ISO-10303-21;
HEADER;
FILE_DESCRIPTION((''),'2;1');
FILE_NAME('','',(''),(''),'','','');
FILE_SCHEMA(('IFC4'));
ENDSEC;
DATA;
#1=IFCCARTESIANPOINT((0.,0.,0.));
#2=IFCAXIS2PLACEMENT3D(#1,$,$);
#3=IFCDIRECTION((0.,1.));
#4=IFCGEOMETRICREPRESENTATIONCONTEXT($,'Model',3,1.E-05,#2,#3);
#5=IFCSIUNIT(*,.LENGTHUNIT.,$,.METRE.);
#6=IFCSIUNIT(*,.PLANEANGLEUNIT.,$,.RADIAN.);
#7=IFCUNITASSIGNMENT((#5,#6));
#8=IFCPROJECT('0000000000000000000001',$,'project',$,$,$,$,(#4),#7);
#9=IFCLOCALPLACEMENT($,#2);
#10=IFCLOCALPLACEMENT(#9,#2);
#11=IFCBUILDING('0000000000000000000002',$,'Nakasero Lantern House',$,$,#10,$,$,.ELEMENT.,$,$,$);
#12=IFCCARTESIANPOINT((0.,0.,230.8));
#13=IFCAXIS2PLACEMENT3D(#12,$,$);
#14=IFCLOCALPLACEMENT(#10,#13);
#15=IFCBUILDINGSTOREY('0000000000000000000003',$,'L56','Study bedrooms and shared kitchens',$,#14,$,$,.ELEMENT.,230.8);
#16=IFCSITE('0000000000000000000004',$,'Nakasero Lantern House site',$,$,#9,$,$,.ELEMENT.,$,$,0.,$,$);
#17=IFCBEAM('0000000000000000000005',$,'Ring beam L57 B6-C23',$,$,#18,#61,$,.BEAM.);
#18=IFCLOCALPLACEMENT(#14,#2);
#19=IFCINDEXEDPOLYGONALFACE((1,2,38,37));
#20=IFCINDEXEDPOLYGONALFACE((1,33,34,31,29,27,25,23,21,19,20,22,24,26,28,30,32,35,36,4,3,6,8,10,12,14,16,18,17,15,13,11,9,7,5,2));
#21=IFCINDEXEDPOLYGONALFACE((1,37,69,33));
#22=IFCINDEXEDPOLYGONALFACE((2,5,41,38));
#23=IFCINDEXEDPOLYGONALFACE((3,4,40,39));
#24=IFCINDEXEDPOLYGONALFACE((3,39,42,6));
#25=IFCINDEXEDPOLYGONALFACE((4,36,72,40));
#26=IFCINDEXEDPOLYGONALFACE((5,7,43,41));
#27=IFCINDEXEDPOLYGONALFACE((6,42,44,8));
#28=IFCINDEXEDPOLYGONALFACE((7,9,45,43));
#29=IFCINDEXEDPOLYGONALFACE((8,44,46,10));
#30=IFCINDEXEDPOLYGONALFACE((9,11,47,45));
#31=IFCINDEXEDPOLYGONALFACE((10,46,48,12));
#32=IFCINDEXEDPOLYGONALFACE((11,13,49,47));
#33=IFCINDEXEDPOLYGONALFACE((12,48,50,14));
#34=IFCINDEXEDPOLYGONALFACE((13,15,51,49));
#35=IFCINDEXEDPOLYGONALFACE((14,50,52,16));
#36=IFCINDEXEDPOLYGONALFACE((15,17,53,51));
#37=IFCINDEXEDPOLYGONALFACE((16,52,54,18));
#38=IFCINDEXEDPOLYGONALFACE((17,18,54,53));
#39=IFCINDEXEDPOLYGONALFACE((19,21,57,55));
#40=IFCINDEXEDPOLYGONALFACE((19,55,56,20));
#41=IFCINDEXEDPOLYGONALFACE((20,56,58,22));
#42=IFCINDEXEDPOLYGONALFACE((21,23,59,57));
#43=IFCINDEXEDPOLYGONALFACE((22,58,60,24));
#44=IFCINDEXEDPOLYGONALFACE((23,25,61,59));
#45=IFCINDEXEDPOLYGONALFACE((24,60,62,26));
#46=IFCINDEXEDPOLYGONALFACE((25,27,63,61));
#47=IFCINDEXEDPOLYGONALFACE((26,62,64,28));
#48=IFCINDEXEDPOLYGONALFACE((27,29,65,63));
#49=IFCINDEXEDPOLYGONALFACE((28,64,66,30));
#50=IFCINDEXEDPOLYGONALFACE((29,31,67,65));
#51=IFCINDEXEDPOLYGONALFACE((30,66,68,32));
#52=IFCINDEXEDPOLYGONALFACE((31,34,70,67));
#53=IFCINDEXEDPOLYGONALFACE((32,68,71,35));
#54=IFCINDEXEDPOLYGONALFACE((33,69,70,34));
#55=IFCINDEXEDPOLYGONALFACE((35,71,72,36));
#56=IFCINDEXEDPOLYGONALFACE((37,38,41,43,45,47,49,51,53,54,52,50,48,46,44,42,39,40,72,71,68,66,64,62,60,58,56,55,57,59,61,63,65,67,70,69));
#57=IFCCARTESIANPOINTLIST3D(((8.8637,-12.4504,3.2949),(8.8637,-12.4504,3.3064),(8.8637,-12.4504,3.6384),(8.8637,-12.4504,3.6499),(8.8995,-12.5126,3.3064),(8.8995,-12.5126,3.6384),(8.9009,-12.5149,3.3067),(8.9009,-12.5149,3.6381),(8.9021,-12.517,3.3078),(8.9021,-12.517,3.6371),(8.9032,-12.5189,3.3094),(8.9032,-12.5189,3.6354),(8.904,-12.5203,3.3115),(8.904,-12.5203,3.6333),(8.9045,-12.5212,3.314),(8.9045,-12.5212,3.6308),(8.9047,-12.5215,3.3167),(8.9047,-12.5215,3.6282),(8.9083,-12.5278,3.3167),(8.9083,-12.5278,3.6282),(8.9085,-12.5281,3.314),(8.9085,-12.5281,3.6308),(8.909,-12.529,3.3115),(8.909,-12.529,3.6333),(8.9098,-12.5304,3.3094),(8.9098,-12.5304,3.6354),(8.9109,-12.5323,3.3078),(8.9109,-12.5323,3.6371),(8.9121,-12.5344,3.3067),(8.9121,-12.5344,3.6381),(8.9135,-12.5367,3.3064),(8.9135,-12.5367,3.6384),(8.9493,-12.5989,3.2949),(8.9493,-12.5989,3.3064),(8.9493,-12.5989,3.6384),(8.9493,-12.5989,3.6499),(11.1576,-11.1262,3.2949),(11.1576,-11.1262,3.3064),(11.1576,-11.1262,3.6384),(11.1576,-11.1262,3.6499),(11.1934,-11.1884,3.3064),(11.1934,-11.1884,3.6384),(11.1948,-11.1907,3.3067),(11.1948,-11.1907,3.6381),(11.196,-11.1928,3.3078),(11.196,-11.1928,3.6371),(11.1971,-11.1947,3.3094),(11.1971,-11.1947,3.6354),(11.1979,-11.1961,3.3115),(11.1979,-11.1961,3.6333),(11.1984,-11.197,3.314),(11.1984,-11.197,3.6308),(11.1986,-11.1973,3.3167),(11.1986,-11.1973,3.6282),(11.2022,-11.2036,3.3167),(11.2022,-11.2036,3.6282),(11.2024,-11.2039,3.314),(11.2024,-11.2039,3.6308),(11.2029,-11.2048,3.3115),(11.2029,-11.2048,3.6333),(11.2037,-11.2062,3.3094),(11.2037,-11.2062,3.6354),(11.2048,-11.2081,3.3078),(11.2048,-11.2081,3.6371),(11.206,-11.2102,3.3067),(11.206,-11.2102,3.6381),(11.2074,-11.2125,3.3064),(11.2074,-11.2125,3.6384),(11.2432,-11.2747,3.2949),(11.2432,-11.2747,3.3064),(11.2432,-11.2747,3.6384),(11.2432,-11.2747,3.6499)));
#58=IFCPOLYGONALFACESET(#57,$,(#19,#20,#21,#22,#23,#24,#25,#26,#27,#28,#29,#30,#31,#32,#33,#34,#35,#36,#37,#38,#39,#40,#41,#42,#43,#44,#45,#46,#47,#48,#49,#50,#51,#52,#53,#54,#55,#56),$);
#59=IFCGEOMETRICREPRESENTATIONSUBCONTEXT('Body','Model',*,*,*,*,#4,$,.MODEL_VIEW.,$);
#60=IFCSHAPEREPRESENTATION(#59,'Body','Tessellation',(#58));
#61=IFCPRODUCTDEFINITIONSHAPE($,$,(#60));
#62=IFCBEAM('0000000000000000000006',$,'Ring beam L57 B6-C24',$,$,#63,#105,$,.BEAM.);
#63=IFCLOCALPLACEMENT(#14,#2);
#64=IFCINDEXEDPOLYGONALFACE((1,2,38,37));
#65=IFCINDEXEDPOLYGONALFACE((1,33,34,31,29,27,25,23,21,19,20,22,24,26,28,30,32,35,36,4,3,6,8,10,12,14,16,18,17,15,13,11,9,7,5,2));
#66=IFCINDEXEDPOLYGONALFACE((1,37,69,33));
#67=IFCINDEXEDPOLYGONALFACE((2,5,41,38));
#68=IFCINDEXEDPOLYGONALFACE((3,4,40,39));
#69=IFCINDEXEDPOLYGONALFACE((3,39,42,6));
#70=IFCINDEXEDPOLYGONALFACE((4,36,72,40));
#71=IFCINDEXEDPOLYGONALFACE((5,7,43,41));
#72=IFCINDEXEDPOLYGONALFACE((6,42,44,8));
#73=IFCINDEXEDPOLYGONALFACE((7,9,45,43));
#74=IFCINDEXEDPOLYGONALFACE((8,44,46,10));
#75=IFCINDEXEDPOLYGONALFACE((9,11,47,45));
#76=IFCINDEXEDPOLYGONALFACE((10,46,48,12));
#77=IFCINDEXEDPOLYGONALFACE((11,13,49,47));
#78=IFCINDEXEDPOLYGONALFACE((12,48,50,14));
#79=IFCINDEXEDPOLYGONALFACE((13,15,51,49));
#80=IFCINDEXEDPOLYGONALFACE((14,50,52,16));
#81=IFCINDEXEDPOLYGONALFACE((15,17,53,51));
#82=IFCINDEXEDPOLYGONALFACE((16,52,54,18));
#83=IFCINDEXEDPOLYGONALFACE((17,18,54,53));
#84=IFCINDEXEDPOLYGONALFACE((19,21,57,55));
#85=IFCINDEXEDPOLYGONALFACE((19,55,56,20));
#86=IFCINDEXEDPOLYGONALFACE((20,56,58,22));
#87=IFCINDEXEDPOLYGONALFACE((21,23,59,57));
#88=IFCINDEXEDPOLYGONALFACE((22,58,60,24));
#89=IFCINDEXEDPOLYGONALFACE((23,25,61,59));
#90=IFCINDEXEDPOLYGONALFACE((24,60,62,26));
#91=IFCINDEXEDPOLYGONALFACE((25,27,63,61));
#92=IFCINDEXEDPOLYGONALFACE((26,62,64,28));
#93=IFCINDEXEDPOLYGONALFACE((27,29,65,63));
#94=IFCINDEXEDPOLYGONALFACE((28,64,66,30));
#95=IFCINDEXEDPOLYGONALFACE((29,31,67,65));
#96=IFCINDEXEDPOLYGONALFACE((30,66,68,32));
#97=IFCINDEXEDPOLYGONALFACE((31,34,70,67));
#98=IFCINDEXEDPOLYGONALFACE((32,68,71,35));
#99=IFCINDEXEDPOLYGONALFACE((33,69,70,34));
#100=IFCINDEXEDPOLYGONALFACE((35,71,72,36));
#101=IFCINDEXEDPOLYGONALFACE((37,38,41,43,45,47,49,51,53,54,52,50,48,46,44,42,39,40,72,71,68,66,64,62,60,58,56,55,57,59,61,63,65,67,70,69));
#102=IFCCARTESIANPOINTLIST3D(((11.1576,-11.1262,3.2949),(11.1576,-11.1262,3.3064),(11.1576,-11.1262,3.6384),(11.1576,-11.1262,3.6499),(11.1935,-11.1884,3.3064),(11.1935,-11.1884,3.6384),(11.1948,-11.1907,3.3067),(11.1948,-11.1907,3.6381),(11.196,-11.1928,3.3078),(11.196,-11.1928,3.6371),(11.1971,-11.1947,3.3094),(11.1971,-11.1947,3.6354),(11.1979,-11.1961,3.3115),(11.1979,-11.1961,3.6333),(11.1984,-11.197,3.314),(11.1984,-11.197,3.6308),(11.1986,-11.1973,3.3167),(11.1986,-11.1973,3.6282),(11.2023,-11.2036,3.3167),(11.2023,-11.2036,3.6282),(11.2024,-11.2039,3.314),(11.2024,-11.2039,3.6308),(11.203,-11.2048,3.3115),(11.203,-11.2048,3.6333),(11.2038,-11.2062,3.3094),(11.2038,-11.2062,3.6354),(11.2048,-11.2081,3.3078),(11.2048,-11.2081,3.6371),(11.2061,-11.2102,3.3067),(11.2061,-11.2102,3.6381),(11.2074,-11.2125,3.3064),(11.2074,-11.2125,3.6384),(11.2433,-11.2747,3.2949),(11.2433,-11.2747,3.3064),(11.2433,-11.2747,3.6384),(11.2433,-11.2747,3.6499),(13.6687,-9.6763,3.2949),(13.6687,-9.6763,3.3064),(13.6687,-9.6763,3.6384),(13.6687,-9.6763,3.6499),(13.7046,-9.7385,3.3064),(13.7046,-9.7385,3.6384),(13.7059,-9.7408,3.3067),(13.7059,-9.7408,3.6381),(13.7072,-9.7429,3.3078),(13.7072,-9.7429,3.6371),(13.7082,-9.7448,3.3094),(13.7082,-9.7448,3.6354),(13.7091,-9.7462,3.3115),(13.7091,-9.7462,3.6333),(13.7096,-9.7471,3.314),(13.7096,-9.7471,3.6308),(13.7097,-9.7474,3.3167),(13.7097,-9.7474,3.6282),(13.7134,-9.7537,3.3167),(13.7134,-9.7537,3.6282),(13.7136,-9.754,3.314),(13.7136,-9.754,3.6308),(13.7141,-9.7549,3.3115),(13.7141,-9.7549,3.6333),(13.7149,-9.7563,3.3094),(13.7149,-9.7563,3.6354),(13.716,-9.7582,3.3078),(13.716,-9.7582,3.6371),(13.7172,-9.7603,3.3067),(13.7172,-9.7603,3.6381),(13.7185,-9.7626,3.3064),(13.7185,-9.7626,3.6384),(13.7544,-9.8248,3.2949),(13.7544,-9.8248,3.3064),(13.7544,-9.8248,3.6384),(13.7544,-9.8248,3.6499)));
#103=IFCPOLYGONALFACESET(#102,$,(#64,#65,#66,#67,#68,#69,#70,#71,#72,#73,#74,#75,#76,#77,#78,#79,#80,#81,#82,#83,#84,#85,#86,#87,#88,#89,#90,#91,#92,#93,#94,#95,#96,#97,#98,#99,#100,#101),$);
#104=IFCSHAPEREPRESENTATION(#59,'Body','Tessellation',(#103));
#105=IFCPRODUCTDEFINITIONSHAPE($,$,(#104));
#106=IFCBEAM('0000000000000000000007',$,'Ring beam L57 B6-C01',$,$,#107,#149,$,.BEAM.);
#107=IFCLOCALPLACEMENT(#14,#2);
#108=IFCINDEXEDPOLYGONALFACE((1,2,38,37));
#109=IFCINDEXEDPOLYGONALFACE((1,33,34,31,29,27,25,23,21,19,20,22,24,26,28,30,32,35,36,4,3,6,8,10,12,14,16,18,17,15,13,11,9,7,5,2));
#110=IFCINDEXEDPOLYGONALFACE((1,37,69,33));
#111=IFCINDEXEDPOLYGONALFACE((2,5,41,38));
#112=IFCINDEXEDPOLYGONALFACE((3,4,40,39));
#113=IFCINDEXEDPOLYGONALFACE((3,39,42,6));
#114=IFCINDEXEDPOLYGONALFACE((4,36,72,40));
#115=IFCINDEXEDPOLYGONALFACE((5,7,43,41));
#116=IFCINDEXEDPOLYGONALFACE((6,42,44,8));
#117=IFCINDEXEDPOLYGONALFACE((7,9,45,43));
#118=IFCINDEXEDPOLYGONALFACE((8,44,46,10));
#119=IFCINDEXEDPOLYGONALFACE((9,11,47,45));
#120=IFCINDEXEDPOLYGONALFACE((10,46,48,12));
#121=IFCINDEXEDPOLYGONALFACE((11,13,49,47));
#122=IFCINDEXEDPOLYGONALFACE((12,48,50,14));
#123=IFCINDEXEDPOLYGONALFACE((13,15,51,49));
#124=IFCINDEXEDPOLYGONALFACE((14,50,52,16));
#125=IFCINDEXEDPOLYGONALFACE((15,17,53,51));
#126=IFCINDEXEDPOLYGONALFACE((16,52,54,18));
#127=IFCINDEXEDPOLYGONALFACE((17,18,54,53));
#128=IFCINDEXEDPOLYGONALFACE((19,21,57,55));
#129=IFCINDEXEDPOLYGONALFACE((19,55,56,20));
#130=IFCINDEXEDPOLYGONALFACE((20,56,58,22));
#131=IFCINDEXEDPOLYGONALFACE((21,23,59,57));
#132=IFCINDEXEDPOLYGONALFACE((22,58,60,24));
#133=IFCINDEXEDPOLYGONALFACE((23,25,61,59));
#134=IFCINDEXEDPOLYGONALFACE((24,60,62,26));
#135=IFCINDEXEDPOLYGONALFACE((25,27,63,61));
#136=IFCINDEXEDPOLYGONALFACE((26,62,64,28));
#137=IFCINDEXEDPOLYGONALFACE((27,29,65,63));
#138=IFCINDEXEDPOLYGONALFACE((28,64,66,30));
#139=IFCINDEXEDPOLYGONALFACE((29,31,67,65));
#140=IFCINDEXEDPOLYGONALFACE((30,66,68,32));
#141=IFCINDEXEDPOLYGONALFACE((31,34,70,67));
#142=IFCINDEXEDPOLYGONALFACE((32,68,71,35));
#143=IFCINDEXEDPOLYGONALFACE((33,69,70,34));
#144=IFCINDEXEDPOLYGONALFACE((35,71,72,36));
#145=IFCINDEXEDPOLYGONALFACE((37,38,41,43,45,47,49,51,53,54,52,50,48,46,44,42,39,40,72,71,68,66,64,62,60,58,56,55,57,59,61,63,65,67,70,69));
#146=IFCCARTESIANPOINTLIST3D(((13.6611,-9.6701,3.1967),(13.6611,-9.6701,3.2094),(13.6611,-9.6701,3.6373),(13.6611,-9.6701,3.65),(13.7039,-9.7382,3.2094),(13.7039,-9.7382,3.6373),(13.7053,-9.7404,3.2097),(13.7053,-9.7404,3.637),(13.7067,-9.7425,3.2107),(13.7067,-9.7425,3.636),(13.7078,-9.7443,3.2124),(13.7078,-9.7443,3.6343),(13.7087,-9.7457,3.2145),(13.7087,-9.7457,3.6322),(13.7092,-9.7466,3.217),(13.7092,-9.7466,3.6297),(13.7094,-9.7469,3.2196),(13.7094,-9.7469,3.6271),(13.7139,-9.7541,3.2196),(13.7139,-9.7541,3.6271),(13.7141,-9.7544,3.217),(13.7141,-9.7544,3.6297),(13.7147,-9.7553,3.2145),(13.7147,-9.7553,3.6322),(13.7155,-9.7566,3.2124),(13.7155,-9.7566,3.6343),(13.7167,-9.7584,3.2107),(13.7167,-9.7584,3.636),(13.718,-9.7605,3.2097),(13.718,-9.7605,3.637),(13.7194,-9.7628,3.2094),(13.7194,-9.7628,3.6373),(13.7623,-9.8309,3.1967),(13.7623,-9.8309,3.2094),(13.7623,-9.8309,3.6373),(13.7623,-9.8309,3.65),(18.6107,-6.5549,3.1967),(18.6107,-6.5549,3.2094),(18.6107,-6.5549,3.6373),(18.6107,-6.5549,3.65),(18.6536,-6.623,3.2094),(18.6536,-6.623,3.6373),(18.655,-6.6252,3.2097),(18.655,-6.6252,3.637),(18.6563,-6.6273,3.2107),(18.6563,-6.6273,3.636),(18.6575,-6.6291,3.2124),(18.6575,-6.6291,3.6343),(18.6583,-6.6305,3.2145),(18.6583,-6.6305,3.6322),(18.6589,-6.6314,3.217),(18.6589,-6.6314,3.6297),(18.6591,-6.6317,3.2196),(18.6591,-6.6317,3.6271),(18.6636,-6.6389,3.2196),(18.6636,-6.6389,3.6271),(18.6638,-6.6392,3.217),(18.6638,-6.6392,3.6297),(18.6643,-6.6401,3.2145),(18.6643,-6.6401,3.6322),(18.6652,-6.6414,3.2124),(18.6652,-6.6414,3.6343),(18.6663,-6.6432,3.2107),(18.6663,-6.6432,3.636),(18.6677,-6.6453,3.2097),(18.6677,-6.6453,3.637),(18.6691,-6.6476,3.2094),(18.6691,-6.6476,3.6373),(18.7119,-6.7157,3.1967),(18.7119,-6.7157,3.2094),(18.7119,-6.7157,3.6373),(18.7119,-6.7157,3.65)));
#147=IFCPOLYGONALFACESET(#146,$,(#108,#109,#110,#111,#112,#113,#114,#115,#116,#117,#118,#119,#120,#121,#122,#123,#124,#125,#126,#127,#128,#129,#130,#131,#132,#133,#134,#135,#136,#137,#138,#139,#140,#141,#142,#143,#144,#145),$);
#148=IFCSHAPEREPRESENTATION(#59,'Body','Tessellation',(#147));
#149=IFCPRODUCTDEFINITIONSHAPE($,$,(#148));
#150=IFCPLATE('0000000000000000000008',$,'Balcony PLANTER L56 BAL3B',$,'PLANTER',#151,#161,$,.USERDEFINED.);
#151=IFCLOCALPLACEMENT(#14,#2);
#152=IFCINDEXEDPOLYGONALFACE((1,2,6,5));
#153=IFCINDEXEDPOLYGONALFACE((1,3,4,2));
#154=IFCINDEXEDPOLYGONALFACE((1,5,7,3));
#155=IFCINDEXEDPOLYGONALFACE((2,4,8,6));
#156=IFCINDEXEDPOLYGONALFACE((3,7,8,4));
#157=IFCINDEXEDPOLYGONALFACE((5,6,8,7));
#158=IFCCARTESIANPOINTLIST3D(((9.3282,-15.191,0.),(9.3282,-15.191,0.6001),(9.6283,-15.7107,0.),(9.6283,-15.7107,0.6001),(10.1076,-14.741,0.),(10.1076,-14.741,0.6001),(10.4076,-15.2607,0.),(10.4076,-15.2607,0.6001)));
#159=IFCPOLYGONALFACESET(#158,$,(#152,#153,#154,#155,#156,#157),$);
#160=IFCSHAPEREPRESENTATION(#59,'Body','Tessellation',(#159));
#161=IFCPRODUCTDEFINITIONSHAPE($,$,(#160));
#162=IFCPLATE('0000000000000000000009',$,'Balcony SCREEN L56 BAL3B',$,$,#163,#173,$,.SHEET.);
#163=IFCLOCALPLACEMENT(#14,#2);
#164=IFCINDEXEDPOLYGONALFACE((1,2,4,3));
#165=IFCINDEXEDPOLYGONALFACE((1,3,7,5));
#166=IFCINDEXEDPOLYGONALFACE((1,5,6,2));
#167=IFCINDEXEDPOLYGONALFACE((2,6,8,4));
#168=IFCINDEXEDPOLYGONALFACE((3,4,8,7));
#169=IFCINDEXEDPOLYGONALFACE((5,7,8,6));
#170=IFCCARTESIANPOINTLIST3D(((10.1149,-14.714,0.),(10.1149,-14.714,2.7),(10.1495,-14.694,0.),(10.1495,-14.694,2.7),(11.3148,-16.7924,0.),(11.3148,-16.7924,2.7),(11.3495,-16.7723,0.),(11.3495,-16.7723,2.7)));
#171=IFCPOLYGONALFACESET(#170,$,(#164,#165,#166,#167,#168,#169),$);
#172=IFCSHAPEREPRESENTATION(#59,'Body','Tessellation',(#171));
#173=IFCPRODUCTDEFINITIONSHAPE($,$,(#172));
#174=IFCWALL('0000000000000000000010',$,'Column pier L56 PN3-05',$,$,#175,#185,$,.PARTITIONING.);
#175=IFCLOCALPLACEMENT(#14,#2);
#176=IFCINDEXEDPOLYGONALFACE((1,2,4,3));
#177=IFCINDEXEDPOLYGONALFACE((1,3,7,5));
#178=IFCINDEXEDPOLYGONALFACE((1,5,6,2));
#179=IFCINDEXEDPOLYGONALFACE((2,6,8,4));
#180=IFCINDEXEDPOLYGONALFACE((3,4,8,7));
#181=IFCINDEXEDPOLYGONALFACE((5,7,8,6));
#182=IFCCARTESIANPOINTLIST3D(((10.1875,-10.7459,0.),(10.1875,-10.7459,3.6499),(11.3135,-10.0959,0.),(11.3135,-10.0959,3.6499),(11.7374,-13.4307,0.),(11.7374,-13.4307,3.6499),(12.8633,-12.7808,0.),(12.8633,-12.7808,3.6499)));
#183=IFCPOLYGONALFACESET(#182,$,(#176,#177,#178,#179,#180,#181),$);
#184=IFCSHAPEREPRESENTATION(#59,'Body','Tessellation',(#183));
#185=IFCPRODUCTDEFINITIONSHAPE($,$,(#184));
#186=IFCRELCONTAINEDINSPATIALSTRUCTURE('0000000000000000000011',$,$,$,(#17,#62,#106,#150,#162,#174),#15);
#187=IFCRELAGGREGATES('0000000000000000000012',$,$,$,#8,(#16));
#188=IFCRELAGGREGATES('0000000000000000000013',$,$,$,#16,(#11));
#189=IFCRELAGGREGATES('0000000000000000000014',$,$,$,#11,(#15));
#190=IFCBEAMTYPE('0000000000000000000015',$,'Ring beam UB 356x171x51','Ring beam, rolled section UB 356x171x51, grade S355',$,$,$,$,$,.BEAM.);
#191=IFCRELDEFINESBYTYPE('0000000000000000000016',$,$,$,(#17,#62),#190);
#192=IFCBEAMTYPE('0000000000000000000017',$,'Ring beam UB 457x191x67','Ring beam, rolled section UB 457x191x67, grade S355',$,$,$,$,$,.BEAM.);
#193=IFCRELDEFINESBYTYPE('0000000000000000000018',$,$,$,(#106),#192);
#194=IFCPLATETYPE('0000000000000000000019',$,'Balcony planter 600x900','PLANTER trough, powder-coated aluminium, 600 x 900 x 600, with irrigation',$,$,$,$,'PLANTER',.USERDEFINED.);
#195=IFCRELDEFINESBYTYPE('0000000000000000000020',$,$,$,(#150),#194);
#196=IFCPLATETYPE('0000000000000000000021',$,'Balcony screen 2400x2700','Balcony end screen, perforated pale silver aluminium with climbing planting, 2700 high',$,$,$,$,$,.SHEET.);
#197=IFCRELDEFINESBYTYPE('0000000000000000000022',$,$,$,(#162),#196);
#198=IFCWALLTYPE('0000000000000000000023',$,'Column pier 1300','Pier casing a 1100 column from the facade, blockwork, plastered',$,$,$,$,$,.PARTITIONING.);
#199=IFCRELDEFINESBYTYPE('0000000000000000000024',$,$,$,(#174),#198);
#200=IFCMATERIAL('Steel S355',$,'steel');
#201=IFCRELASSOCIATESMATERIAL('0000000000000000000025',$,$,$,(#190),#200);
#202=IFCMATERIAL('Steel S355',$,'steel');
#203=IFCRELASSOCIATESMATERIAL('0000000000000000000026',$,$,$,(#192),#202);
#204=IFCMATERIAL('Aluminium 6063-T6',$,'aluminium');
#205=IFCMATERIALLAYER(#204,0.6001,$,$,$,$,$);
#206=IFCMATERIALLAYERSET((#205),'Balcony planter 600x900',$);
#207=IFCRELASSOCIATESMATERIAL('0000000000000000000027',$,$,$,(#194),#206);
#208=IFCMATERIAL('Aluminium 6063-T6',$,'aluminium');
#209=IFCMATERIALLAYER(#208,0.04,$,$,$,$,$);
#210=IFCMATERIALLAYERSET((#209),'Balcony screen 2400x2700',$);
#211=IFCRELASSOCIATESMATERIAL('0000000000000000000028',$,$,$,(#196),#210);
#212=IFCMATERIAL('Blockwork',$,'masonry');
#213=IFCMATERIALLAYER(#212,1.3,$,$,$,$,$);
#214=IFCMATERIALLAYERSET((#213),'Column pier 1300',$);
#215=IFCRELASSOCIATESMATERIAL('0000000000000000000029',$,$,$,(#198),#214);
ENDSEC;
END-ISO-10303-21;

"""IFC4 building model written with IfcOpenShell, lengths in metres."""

from ifc_helpers import new_model, si_unit, direction, frame, frame_2d, origin, origin_2d, place, context, subcontext, project, spatial, rectangle, i_section, extrude, material, layer, layer_set, material_profile, profile_set, type_object, element, save


model = new_model("IFC4")

# Units and contexts
model_context = context("Model", 3, precision=1e-05, world=origin(), true_north=direction((0.0, 1.0)))
body_context = subcontext(model_context, "Body", "Model", "MODEL_VIEW")
ifc_project = project(units=[si_unit("LENGTHUNIT", "METRE"), si_unit("PLANEANGLEUNIT", "RADIAN")], contexts=[model_context])

# Site, building, storey
site_placement = place(None, origin())
site = spatial("IfcSite", under=ifc_project, at=site_placement, Name="Nakasero Lantern House site", CompositionType="ELEMENT", RefElevation=0.0)
building_placement = place(site_placement, origin())
building = spatial("IfcBuilding", under=site, at=building_placement, Name="Nakasero Lantern House", CompositionType="ELEMENT")
storey_placement = place(building_placement, frame((0.0, 0.0, 230.8)))
storey = spatial("IfcBuildingStorey", under=building, at=storey_placement, Name="L56", Description="Study bedrooms and shared kitchens", CompositionType="ELEMENT", Elevation=230.8)

# Beams
ifc_material_1 = material(Name="Steel S355", Category="steel")
ifc_material_profile_1 = material_profile(ifc_material_1, i_section(OverallWidth=0.1714, OverallDepth=0.355, WebThickness=0.0073, FlangeThickness=0.0115, FilletRadius=0.0103, at=origin_2d()), Name="UB 356x171x51")
ifc_profile_set_1 = profile_set([ifc_material_profile_1], Name="Steel S355")
beam_type_1 = type_object("IfcBeamType", Name="Ring beam UB 356x171x51", Description="Ring beam, rolled section UB 356x171x51, grade S355", PredefinedType="BEAM", material=ifc_profile_set_1)
beam_1_placement = place(storey_placement, frame((8.9065, -12.5247, 3.4724), z_axis=(0.866057, 0.499946, 0.0), x_axis=(-0.499946, 0.866057, 0.0)))
element("IfcBeam", 1, at=beam_1_placement, inside=storey, type_object=beam_type_1, Name="Ring beam L57 B6-C23", PredefinedType="BEAM", context=body_context, shape_type="SweptSolid", body=[
    extrude(i_section(OverallWidth=0.1714, OverallDepth=0.355, WebThickness=0.0073, FlangeThickness=0.0115, FilletRadius=0.0103, at=origin_2d()), origin(), (0.0, 0.0, 1.0), 2.6487),
])
beam_2_placement = place(storey_placement, frame((11.2004, -11.2004, 3.4724), z_axis=(0.866012, 0.500024, 0.0), x_axis=(-0.500024, 0.866012, 0.0)))
element("IfcBeam", 2, at=beam_2_placement, inside=storey, type_object=beam_type_1, Name="Ring beam L57 B6-C24", PredefinedType="BEAM", context=body_context, shape_type="SweptSolid", body=[
    extrude(i_section(OverallWidth=0.1714, OverallDepth=0.355, WebThickness=0.0073, FlangeThickness=0.0115, FilletRadius=0.0103, at=origin_2d()), origin(), (0.0, 0.0, 1.0), 2.8997),
])
ifc_material_2 = material(Name="Steel S355", Category="steel")
ifc_material_profile_2 = material_profile(ifc_material_2, i_section(OverallWidth=0.1899, OverallDepth=0.4534, WebThickness=0.0085, FlangeThickness=0.0127, FilletRadius=0.0103, at=origin_2d()), Name="UB 457x191x67")
ifc_profile_set_2 = profile_set([ifc_material_profile_2], Name="Steel S355")
beam_type_2 = type_object("IfcBeamType", Name="Ring beam UB 457x191x67", Description="Ring beam, rolled section UB 457x191x67, grade S355", PredefinedType="BEAM", material=ifc_profile_set_2)
beam_3_placement = place(storey_placement, frame((13.7117, -9.7505, 3.4233), z_axis=(0.846329, 0.53266, 0.0), x_axis=(-0.53266, 0.846329, 0.0)))
element("IfcBeam", 3, at=beam_3_placement, inside=storey, type_object=beam_type_2, Name="Ring beam L57 B6-C01", PredefinedType="BEAM", context=body_context, shape_type="SweptSolid", body=[
    extrude(i_section(OverallWidth=0.1899, OverallDepth=0.4534, WebThickness=0.0085, FlangeThickness=0.0127, FilletRadius=0.0103, at=origin_2d()), origin(), (0.0, 0.0, 1.0), 5.8484),
])

# Plates
ifc_material_3 = material(Name="Aluminium 6063-T6", Category="aluminium")
ifc_layer_1 = layer(ifc_material_3, 0.6001)
ifc_layer_set_1 = layer_set([ifc_layer_1], Name="Balcony planter 600x900")
plate_type_1 = type_object("IfcPlateType", Name="Balcony planter 600x900", Description="PLANTER trough, powder-coated aluminium, 600 x 900 x 600, with irrigation", ElementType="PLANTER", PredefinedType="USERDEFINED", material=ifc_layer_set_1)
plate_1_placement = place(storey_placement, frame((9.8679, -15.2258, 0.0), z_axis=(0.0, 0.0, 1.0), x_axis=(0.5, -0.866025, 0.0)))
element("IfcPlate", 4, at=plate_1_placement, inside=storey, type_object=plate_type_1, Name="Balcony PLANTER L56 BAL3B", ObjectType="PLANTER", PredefinedType="USERDEFINED", context=body_context, shape_type="SweptSolid", body=[
    extrude(rectangle(XDim=0.6001, YDim=0.8999, at=origin_2d()), origin(), (0.0, 0.0, 1.0), 0.6001),
])
ifc_material_4 = material(Name="Aluminium 6063-T6", Category="aluminium")
ifc_layer_2 = layer(ifc_material_4, 0.04)
ifc_layer_set_2 = layer_set([ifc_layer_2], Name="Balcony screen 2400x2700")
plate_type_2 = type_object("IfcPlateType", Name="Balcony screen 2400x2700", Description="Balcony end screen, perforated pale silver aluminium with climbing planting, 2700 high", PredefinedType="SHEET", material=ifc_layer_set_2)
plate_2_placement = place(storey_placement, frame((10.7322, -15.7432, 0.0), z_axis=(0.0, 0.0, 1.0), x_axis=(0.5, -0.866025, 0.0)))
element("IfcPlate", 5, at=plate_2_placement, inside=storey, type_object=plate_type_2, Name="Balcony SCREEN L56 BAL3B", PredefinedType="SHEET", context=body_context, shape_type="SweptSolid", body=[
    extrude(rectangle(XDim=2.3999, YDim=0.04, at=origin_2d()), origin(), (0.0, 0.0, 1.0), 2.7),
])

# Wall
ifc_material_5 = material(Name="Blockwork", Category="masonry")
ifc_layer_3 = layer(ifc_material_5, 1.3)
ifc_layer_set_3 = layer_set([ifc_layer_3], Name="Column pier 1300")
wall_type_1 = type_object("IfcWallType", Name="Column pier 1300", Description="Pier casing a 1100 column from the facade, blockwork, plastered", PredefinedType="PARTITIONING", material=ifc_layer_set_3)
wall_1_placement = place(storey_placement, frame((10.7505, -10.4209, 0.0), z_axis=(0.0, 0.0, 1.0), x_axis=(0.499934, -0.866064, 0.0)))
element("IfcWall", 6, at=wall_1_placement, inside=storey, type_object=wall_type_1, Name="Column pier L56 PN3-05", PredefinedType="PARTITIONING", context=body_context, shape_type="SweptSolid", body=[
    extrude(rectangle(XDim=3.1001, YDim=1.3, at=frame_2d((1.55, 0.0))), origin(), (0.0, 0.0, 1.0), 3.6499),
])

save(model, "model.ifc")
